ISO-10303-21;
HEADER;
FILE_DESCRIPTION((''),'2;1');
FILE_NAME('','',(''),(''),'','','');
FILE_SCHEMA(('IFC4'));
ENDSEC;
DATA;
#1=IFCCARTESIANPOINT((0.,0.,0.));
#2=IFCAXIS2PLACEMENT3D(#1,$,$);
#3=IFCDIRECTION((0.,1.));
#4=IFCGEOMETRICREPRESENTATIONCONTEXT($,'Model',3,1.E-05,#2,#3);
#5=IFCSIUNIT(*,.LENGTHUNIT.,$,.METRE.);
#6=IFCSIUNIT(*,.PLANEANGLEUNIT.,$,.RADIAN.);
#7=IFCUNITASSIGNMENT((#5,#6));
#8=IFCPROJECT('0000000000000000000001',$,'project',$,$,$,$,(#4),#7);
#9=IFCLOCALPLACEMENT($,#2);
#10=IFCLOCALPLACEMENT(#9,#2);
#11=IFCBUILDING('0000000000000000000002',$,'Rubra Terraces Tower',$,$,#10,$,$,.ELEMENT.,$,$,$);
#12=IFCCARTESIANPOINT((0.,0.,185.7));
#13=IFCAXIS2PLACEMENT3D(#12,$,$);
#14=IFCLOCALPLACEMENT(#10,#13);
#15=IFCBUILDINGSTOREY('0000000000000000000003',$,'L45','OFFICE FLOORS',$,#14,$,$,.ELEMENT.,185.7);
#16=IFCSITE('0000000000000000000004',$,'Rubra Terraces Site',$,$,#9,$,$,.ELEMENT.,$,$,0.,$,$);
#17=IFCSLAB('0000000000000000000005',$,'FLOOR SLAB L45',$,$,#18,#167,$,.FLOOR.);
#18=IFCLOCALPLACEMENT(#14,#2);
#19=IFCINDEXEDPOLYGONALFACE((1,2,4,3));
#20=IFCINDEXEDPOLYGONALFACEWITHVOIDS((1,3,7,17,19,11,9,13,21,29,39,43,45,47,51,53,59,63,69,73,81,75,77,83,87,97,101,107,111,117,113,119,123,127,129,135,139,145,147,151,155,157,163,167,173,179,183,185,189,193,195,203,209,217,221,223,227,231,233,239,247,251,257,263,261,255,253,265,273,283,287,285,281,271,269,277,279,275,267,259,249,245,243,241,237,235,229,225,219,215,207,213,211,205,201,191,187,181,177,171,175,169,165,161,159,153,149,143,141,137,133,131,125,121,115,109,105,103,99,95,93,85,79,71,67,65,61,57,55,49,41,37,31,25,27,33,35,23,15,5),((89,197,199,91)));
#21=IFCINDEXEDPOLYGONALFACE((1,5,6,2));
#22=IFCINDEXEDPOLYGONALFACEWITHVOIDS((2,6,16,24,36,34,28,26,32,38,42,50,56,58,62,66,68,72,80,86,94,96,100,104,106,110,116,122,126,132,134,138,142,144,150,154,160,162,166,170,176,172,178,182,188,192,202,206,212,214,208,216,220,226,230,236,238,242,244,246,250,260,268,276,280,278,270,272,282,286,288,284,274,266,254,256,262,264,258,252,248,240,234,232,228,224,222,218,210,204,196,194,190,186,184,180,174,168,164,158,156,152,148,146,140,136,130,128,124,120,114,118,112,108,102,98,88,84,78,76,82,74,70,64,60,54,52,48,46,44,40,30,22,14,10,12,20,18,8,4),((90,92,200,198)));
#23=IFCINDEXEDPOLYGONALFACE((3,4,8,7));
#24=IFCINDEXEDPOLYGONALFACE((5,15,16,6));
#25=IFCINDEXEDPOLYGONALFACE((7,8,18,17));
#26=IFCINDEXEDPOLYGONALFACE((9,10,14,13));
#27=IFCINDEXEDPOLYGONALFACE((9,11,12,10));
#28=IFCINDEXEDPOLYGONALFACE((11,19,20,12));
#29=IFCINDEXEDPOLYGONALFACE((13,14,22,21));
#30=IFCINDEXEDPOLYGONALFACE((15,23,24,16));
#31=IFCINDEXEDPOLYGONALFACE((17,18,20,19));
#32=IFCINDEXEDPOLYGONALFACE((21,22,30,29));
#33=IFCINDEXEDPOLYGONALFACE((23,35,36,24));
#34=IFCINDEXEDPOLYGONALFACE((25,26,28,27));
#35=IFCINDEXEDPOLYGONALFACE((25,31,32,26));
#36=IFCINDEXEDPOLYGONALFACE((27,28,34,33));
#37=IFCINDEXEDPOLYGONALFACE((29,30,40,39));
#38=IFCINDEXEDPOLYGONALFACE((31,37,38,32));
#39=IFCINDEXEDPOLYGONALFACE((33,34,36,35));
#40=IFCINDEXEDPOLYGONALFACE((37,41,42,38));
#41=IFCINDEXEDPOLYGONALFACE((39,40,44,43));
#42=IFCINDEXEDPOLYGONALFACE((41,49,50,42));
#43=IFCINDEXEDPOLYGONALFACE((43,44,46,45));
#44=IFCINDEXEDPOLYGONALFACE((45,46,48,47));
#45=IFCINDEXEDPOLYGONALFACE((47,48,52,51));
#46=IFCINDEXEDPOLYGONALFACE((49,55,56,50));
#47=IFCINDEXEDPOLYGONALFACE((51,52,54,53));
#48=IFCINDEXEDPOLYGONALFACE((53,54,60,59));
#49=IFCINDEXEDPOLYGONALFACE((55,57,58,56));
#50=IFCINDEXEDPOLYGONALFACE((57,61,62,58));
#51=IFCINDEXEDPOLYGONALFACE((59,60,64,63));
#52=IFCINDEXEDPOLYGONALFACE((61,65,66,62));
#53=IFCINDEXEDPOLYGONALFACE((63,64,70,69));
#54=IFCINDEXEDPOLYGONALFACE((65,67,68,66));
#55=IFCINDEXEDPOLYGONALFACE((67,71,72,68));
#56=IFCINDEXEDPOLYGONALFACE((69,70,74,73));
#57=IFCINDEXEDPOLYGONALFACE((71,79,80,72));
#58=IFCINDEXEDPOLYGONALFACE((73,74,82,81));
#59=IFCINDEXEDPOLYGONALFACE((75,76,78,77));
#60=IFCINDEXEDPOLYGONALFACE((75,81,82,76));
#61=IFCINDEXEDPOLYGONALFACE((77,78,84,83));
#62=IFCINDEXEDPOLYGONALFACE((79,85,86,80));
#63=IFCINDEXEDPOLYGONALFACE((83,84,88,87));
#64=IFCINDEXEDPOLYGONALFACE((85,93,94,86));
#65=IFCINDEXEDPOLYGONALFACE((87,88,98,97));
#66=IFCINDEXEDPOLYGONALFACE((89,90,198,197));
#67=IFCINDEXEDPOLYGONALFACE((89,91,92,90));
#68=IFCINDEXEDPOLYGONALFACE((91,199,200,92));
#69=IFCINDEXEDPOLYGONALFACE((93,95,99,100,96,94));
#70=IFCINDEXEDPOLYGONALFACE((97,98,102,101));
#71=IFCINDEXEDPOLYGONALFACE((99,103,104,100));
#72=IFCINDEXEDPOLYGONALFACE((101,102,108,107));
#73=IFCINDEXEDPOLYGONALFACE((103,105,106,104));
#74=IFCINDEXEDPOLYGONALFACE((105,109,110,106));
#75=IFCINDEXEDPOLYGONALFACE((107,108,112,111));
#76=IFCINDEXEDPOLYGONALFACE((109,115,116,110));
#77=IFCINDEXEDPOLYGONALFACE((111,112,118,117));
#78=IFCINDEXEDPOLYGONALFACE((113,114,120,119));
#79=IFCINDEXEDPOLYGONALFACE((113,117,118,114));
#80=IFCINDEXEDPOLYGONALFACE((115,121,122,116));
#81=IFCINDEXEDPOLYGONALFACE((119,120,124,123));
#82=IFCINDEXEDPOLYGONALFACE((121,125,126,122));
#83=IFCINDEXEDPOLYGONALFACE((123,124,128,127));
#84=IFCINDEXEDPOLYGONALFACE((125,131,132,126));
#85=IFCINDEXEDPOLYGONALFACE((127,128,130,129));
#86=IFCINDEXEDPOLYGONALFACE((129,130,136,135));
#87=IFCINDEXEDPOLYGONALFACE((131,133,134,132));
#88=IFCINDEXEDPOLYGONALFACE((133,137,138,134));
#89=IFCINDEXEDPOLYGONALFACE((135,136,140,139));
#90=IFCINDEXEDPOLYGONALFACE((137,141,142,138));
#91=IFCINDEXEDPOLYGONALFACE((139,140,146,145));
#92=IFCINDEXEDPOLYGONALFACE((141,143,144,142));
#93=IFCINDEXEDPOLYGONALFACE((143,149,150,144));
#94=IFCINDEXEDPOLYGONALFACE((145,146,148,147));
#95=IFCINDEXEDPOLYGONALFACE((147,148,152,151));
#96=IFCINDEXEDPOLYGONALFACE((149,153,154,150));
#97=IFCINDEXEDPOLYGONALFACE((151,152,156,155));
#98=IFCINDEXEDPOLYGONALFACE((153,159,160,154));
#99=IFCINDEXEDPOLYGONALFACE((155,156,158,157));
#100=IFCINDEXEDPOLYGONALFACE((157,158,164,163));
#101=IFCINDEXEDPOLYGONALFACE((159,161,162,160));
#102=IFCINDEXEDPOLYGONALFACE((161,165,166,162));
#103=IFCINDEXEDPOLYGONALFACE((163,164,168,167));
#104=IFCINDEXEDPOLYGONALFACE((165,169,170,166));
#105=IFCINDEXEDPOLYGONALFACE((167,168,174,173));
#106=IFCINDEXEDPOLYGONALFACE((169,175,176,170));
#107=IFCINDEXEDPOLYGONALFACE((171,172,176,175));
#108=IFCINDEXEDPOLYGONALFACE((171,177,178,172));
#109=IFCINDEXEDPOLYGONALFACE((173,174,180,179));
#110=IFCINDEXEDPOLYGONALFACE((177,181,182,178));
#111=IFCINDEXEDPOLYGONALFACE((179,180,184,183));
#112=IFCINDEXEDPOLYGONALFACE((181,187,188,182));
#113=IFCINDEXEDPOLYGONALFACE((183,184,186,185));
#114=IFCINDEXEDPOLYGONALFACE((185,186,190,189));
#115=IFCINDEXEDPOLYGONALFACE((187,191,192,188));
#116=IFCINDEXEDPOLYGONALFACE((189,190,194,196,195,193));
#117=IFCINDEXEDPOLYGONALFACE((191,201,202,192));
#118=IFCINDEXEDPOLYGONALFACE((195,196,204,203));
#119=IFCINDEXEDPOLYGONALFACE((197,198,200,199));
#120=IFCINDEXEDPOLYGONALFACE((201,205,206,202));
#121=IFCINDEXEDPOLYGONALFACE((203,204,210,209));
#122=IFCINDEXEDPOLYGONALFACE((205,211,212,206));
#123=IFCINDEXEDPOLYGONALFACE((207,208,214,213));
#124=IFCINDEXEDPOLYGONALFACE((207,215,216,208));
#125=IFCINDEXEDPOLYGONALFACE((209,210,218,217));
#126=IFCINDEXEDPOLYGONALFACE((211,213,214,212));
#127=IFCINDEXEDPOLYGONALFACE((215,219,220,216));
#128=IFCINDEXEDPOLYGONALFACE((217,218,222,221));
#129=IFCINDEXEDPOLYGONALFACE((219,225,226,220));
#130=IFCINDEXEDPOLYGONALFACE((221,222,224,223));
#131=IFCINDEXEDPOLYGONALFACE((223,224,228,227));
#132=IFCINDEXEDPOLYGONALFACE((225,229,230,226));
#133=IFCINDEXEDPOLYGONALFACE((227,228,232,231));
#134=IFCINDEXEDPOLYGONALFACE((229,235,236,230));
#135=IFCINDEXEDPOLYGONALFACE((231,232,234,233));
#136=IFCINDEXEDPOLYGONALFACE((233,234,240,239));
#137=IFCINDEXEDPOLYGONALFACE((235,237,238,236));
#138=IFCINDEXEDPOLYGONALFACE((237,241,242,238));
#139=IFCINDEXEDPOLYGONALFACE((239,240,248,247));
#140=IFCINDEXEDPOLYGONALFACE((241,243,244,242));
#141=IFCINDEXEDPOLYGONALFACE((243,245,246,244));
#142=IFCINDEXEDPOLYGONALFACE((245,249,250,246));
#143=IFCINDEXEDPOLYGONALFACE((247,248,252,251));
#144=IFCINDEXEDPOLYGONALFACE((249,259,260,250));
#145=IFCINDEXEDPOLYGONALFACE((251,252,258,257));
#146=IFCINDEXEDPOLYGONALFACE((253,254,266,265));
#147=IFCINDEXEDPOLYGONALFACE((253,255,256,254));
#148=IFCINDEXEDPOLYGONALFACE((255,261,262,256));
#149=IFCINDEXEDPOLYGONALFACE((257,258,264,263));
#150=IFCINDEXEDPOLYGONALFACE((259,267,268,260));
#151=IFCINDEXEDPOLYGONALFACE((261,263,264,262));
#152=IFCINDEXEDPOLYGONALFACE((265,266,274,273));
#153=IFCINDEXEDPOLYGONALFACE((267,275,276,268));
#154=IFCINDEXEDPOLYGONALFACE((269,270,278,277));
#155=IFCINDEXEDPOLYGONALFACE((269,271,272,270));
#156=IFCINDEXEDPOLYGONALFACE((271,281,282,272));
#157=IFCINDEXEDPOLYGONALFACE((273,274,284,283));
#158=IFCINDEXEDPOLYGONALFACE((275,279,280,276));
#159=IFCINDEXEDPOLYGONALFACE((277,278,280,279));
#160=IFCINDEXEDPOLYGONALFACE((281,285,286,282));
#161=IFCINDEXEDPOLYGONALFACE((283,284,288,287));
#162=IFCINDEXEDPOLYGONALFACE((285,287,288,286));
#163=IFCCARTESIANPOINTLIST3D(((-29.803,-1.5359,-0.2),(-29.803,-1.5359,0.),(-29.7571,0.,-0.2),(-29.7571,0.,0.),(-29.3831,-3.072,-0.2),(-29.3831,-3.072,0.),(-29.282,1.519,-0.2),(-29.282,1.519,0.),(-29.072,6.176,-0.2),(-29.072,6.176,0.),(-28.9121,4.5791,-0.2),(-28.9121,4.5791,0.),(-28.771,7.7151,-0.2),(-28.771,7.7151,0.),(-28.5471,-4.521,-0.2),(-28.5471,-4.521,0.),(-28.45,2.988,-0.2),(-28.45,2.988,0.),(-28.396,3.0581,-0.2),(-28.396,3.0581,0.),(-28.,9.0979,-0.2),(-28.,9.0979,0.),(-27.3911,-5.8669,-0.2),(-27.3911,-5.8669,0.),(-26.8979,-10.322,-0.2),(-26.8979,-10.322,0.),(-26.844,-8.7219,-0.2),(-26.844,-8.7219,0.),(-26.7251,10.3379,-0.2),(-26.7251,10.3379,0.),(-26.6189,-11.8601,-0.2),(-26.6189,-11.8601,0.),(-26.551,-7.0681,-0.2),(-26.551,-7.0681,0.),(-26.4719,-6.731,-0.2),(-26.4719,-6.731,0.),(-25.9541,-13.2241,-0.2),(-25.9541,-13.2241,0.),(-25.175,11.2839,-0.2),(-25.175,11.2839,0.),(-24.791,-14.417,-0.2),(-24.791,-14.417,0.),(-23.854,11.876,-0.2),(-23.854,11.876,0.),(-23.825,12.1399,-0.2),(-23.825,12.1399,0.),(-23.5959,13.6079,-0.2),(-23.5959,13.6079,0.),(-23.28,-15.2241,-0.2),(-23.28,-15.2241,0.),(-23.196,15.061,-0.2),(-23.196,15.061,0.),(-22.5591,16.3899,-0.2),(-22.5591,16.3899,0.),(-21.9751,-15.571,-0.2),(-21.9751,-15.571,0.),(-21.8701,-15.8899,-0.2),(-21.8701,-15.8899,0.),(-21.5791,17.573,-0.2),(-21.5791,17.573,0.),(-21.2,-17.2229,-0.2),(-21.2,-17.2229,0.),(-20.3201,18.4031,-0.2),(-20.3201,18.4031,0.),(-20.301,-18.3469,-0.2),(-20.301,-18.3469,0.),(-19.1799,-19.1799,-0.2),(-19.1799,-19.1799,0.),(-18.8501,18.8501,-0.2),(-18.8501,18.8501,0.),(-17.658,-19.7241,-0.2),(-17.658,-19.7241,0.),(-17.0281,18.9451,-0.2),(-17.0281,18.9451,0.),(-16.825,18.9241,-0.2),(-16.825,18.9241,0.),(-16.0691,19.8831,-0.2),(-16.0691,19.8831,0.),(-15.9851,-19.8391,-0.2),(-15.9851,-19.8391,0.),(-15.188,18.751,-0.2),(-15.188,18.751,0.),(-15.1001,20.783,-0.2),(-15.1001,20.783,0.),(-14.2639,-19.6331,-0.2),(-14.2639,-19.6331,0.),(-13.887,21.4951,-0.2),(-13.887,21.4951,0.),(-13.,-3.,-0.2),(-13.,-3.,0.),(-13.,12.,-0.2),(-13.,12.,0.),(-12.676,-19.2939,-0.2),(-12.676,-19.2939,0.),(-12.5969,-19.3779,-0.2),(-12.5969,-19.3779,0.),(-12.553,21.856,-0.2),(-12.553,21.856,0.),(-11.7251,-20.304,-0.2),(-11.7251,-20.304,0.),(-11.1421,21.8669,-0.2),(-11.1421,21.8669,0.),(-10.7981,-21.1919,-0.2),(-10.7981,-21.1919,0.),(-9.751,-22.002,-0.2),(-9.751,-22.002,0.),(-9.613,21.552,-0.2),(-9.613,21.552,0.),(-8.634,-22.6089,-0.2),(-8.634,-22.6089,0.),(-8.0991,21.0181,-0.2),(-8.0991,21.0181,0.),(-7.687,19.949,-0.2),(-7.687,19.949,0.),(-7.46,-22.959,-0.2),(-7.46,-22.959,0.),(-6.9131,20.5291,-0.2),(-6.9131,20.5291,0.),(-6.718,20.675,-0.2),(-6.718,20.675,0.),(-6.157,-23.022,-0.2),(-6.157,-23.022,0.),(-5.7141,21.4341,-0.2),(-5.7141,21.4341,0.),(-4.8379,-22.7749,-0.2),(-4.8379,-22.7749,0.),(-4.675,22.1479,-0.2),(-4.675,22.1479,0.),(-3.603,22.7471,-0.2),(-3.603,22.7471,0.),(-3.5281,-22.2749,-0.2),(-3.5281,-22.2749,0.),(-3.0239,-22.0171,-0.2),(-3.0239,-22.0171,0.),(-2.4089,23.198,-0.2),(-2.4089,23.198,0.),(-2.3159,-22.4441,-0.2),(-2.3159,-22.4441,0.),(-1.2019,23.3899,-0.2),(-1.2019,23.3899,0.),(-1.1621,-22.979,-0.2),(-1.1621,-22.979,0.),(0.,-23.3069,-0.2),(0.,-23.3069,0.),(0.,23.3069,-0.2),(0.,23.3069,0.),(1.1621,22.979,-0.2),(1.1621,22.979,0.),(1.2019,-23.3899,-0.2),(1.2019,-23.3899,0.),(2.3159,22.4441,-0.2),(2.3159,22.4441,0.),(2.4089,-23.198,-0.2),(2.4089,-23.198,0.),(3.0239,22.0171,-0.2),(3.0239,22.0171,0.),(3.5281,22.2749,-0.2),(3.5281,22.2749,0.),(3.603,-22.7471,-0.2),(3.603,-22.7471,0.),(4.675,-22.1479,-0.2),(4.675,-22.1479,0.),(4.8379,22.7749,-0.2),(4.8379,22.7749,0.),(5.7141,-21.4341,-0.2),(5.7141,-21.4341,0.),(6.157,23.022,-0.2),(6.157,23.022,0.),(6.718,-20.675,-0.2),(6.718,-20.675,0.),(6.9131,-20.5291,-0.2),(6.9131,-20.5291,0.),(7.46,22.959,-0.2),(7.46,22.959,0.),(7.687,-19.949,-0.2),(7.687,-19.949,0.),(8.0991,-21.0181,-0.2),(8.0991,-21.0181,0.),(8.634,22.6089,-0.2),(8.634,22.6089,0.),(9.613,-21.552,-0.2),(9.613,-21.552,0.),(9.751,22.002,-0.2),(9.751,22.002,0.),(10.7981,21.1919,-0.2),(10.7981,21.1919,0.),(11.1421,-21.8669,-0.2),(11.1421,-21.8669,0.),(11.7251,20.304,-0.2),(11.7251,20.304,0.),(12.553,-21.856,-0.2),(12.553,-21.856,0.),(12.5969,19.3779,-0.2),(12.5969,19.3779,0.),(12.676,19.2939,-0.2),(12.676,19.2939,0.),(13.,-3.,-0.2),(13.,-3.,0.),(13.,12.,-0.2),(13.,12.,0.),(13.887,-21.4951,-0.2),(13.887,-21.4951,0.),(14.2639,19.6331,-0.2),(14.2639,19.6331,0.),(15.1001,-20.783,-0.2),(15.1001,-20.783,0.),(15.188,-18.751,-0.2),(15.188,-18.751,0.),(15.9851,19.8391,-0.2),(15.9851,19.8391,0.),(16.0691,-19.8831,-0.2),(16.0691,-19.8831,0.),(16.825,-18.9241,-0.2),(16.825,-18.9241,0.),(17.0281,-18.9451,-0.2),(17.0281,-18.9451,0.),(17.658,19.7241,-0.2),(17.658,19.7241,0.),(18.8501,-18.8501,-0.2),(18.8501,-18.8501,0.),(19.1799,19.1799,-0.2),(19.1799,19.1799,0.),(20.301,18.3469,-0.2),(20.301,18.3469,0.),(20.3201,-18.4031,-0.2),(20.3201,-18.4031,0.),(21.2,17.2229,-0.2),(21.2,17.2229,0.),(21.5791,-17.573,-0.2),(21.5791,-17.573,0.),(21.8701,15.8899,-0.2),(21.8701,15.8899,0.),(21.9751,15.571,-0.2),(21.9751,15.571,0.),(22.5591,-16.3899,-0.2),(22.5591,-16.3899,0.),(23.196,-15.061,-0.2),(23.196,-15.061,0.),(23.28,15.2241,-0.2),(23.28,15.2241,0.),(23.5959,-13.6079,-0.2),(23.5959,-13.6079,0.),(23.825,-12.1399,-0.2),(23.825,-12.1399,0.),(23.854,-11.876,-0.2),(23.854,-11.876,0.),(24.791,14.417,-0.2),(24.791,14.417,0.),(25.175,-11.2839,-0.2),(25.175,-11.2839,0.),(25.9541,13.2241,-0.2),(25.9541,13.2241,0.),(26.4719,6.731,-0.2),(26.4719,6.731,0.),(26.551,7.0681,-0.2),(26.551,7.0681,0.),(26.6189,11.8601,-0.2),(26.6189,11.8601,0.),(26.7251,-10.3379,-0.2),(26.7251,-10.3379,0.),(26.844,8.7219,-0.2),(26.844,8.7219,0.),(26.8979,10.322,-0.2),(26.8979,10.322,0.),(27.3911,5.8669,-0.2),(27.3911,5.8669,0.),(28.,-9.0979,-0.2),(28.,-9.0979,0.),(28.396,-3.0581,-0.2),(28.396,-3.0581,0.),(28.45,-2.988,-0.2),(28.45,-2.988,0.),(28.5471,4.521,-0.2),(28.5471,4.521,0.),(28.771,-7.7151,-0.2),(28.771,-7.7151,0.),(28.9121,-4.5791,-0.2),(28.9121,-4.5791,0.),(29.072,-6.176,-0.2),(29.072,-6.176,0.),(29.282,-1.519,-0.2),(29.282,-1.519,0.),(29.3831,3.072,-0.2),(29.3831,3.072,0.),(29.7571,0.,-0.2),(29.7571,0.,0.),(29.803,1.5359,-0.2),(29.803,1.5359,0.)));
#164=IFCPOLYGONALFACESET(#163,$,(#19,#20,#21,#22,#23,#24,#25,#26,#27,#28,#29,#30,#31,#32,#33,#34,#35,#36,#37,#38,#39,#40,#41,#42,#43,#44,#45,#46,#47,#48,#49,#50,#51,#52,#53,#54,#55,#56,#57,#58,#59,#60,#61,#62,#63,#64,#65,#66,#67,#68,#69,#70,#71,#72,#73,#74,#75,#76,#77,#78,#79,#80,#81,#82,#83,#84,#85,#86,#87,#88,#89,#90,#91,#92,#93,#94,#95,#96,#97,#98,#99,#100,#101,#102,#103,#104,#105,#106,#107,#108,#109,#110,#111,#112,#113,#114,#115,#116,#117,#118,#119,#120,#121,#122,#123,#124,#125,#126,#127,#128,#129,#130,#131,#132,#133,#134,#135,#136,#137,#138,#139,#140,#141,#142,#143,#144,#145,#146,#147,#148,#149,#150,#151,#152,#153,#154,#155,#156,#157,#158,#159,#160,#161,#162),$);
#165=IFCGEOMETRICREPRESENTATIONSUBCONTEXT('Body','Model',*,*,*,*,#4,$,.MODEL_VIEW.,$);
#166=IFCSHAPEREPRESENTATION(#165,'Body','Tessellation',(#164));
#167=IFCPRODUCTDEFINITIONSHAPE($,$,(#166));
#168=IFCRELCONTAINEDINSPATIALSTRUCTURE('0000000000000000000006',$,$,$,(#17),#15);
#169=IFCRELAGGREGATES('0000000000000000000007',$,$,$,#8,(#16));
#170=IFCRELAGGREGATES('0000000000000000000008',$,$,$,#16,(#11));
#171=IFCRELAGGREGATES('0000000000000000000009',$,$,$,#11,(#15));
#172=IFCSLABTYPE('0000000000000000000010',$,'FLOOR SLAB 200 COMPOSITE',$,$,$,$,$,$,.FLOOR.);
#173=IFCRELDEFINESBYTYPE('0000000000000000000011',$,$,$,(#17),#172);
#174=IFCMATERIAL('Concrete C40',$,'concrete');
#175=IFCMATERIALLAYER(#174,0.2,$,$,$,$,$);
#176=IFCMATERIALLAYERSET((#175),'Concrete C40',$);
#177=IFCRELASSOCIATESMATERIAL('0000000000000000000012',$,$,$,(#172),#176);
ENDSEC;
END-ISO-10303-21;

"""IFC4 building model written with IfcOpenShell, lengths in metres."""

from ifc_helpers import new_model, si_unit, direction, frame, origin, place, context, subcontext, project, spatial, polyline, outline, extrude, material, layer, layer_set, type_object, element, save


model = new_model("IFC4")

# Units and contexts
model_context = context("Model", 3, precision=1e-05, world=origin(), true_north=direction((0.0, 1.0)))
body_context = subcontext(model_context, "Body", "Model", "MODEL_VIEW")
ifc_project = project(units=[si_unit("LENGTHUNIT", "METRE"), si_unit("PLANEANGLEUNIT", "RADIAN")], contexts=[model_context])

# Site, building, storey
site_placement = place(None, origin())
site = spatial("IfcSite", under=ifc_project, at=site_placement, Name="Rubra Terraces Site", CompositionType="ELEMENT", RefElevation=0.0)
building_placement = place(site_placement, origin())
building = spatial("IfcBuilding", under=site, at=building_placement, Name="Rubra Terraces Tower", CompositionType="ELEMENT")
storey_placement = place(building_placement, frame((0.0, 0.0, 185.7)))
storey = spatial("IfcBuildingStorey", under=building, at=storey_placement, Name="L45", Description="OFFICE FLOORS", CompositionType="ELEMENT", Elevation=185.7)

# Shared definitions
ifc_material_1 = material(Name="Concrete C40", Category="concrete")

# Slab
ifc_layer_1 = layer(ifc_material_1, 0.2)
ifc_layer_set_1 = layer_set([ifc_layer_1], Name="Concrete C40")
slab_type_1 = type_object("IfcSlabType", Name="FLOOR SLAB 200 COMPOSITE", PredefinedType="FLOOR", material=ifc_layer_set_1)
slab_1_placement = place(storey_placement, frame((0.0, 0.0, -0.2)))
element("IfcSlab", 1, at=slab_1_placement, inside=storey, type_object=slab_type_1, Name="FLOOR SLAB L45", PredefinedType="FLOOR", context=body_context, shape_type="SweptSolid", body=[
    extrude(outline(polyline([(23.28, 15.2241), (21.9751, 15.571), (21.8701, 15.8899), (21.2, 17.2229), (20.301, 18.3469), (19.1799, 19.1799), (17.658, 19.7241), (15.9851, 19.8391), (14.2639, 19.6331), (12.676, 19.2939), (12.5969, 19.3779), (11.7251, 20.304), (10.7981, 21.1919), (9.751, 22.002), (8.634, 22.6089), (7.46, 22.959), (6.157, 23.022), (4.8379, 22.7749), (3.5281, 22.2749), (3.0239, 22.0171), (2.3159, 22.4441), (1.1621, 22.979), (0.0, 23.3069), (-1.2019, 23.3899), (-2.4089, 23.198), (-3.603, 22.7471), (-4.675, 22.1479), (-5.7141, 21.4341), (-6.718, 20.675), (-7.687, 19.949), (-6.9131, 20.5291), (-8.0991, 21.0181), (-9.613, 21.552), (-11.1421, 21.8669), (-12.553, 21.856), (-13.887, 21.4951), (-15.1001, 20.783), (-16.0691, 19.8831), (-16.825, 18.9241), (-15.188, 18.751), (-17.0281, 18.9451), (-18.8501, 18.8501), (-20.3201, 18.4031), (-21.5791, 17.573), (-22.5591, 16.3899), (-23.196, 15.061), (-23.5959, 13.6079), (-23.825, 12.1399), (-23.854, 11.876), (-25.175, 11.2839), (-26.7251, 10.3379), (-28.0, 9.0979), (-28.771, 7.7151), (-29.072, 6.176), (-28.9121, 4.5791), (-28.396, 3.0581), (-28.45, 2.988), (-29.282, 1.519), (-29.7571, 0.0), (-29.803, -1.5359), (-29.3831, -3.072), (-28.5471, -4.521), (-27.3911, -5.8669), (-26.4719, -6.731), (-26.551, -7.0681), (-26.844, -8.7219), (-26.8979, -10.322), (-26.6189, -11.8601), (-25.9541, -13.2241), (-24.791, -14.417), (-23.28, -15.2241), (-21.9751, -15.571), (-21.8701, -15.8899), (-21.2, -17.2229), (-20.301, -18.3469), (-19.1799, -19.1799), (-17.658, -19.7241), (-15.9851, -19.8391), (-14.2639, -19.6331), (-12.676, -19.2939), (-12.5969, -19.3779), (-11.7251, -20.304), (-10.7981, -21.1919), (-9.751, -22.002), (-8.634, -22.6089), (-7.46, -22.959), (-6.157, -23.022), (-4.8379, -22.7749), (-3.5281, -22.2749), (-3.0239, -22.0171), (-2.3159, -22.4441), (-1.1621, -22.979), (0.0, -23.3069), (1.2019, -23.3899), (2.4089, -23.198), (3.603, -22.7471), (4.675, -22.1479), (5.7141, -21.4341), (6.718, -20.675), (7.687, -19.949), (6.9131, -20.5291), (8.0991, -21.0181), (9.613, -21.552), (11.1421, -21.8669), (12.553, -21.856), (13.887, -21.4951), (15.1001, -20.783), (16.0691, -19.8831), (16.825, -18.9241), (15.188, -18.751), (17.0281, -18.9451), (18.8501, -18.8501), (20.3201, -18.4031), (21.5791, -17.573), (22.5591, -16.3899), (23.196, -15.061), (23.5959, -13.6079), (23.825, -12.1399), (23.854, -11.876), (25.175, -11.2839), (26.7251, -10.3379), (28.0, -9.0979), (28.771, -7.7151), (29.072, -6.176), (28.9121, -4.5791), (28.396, -3.0581), (28.45, -2.988), (29.282, -1.519), (29.7571, 0.0), (29.803, 1.5359), (29.3831, 3.072), (28.5471, 4.521), (27.3911, 5.8669), (26.4719, 6.731), (26.551, 7.0681), (26.844, 8.7219), (26.8979, 10.322), (26.6189, 11.8601), (25.9541, 13.2241), (24.791, 14.417), (23.28, 15.2241)]), holes=[polyline([(13.0, 12.0), (13.0, -3.0), (-13.0, -3.0), (-13.0, 12.0), (13.0, 12.0)])]), origin(), (0.0, 0.0, 1.0), 0.2),
])

save(model, "model.ifc")
